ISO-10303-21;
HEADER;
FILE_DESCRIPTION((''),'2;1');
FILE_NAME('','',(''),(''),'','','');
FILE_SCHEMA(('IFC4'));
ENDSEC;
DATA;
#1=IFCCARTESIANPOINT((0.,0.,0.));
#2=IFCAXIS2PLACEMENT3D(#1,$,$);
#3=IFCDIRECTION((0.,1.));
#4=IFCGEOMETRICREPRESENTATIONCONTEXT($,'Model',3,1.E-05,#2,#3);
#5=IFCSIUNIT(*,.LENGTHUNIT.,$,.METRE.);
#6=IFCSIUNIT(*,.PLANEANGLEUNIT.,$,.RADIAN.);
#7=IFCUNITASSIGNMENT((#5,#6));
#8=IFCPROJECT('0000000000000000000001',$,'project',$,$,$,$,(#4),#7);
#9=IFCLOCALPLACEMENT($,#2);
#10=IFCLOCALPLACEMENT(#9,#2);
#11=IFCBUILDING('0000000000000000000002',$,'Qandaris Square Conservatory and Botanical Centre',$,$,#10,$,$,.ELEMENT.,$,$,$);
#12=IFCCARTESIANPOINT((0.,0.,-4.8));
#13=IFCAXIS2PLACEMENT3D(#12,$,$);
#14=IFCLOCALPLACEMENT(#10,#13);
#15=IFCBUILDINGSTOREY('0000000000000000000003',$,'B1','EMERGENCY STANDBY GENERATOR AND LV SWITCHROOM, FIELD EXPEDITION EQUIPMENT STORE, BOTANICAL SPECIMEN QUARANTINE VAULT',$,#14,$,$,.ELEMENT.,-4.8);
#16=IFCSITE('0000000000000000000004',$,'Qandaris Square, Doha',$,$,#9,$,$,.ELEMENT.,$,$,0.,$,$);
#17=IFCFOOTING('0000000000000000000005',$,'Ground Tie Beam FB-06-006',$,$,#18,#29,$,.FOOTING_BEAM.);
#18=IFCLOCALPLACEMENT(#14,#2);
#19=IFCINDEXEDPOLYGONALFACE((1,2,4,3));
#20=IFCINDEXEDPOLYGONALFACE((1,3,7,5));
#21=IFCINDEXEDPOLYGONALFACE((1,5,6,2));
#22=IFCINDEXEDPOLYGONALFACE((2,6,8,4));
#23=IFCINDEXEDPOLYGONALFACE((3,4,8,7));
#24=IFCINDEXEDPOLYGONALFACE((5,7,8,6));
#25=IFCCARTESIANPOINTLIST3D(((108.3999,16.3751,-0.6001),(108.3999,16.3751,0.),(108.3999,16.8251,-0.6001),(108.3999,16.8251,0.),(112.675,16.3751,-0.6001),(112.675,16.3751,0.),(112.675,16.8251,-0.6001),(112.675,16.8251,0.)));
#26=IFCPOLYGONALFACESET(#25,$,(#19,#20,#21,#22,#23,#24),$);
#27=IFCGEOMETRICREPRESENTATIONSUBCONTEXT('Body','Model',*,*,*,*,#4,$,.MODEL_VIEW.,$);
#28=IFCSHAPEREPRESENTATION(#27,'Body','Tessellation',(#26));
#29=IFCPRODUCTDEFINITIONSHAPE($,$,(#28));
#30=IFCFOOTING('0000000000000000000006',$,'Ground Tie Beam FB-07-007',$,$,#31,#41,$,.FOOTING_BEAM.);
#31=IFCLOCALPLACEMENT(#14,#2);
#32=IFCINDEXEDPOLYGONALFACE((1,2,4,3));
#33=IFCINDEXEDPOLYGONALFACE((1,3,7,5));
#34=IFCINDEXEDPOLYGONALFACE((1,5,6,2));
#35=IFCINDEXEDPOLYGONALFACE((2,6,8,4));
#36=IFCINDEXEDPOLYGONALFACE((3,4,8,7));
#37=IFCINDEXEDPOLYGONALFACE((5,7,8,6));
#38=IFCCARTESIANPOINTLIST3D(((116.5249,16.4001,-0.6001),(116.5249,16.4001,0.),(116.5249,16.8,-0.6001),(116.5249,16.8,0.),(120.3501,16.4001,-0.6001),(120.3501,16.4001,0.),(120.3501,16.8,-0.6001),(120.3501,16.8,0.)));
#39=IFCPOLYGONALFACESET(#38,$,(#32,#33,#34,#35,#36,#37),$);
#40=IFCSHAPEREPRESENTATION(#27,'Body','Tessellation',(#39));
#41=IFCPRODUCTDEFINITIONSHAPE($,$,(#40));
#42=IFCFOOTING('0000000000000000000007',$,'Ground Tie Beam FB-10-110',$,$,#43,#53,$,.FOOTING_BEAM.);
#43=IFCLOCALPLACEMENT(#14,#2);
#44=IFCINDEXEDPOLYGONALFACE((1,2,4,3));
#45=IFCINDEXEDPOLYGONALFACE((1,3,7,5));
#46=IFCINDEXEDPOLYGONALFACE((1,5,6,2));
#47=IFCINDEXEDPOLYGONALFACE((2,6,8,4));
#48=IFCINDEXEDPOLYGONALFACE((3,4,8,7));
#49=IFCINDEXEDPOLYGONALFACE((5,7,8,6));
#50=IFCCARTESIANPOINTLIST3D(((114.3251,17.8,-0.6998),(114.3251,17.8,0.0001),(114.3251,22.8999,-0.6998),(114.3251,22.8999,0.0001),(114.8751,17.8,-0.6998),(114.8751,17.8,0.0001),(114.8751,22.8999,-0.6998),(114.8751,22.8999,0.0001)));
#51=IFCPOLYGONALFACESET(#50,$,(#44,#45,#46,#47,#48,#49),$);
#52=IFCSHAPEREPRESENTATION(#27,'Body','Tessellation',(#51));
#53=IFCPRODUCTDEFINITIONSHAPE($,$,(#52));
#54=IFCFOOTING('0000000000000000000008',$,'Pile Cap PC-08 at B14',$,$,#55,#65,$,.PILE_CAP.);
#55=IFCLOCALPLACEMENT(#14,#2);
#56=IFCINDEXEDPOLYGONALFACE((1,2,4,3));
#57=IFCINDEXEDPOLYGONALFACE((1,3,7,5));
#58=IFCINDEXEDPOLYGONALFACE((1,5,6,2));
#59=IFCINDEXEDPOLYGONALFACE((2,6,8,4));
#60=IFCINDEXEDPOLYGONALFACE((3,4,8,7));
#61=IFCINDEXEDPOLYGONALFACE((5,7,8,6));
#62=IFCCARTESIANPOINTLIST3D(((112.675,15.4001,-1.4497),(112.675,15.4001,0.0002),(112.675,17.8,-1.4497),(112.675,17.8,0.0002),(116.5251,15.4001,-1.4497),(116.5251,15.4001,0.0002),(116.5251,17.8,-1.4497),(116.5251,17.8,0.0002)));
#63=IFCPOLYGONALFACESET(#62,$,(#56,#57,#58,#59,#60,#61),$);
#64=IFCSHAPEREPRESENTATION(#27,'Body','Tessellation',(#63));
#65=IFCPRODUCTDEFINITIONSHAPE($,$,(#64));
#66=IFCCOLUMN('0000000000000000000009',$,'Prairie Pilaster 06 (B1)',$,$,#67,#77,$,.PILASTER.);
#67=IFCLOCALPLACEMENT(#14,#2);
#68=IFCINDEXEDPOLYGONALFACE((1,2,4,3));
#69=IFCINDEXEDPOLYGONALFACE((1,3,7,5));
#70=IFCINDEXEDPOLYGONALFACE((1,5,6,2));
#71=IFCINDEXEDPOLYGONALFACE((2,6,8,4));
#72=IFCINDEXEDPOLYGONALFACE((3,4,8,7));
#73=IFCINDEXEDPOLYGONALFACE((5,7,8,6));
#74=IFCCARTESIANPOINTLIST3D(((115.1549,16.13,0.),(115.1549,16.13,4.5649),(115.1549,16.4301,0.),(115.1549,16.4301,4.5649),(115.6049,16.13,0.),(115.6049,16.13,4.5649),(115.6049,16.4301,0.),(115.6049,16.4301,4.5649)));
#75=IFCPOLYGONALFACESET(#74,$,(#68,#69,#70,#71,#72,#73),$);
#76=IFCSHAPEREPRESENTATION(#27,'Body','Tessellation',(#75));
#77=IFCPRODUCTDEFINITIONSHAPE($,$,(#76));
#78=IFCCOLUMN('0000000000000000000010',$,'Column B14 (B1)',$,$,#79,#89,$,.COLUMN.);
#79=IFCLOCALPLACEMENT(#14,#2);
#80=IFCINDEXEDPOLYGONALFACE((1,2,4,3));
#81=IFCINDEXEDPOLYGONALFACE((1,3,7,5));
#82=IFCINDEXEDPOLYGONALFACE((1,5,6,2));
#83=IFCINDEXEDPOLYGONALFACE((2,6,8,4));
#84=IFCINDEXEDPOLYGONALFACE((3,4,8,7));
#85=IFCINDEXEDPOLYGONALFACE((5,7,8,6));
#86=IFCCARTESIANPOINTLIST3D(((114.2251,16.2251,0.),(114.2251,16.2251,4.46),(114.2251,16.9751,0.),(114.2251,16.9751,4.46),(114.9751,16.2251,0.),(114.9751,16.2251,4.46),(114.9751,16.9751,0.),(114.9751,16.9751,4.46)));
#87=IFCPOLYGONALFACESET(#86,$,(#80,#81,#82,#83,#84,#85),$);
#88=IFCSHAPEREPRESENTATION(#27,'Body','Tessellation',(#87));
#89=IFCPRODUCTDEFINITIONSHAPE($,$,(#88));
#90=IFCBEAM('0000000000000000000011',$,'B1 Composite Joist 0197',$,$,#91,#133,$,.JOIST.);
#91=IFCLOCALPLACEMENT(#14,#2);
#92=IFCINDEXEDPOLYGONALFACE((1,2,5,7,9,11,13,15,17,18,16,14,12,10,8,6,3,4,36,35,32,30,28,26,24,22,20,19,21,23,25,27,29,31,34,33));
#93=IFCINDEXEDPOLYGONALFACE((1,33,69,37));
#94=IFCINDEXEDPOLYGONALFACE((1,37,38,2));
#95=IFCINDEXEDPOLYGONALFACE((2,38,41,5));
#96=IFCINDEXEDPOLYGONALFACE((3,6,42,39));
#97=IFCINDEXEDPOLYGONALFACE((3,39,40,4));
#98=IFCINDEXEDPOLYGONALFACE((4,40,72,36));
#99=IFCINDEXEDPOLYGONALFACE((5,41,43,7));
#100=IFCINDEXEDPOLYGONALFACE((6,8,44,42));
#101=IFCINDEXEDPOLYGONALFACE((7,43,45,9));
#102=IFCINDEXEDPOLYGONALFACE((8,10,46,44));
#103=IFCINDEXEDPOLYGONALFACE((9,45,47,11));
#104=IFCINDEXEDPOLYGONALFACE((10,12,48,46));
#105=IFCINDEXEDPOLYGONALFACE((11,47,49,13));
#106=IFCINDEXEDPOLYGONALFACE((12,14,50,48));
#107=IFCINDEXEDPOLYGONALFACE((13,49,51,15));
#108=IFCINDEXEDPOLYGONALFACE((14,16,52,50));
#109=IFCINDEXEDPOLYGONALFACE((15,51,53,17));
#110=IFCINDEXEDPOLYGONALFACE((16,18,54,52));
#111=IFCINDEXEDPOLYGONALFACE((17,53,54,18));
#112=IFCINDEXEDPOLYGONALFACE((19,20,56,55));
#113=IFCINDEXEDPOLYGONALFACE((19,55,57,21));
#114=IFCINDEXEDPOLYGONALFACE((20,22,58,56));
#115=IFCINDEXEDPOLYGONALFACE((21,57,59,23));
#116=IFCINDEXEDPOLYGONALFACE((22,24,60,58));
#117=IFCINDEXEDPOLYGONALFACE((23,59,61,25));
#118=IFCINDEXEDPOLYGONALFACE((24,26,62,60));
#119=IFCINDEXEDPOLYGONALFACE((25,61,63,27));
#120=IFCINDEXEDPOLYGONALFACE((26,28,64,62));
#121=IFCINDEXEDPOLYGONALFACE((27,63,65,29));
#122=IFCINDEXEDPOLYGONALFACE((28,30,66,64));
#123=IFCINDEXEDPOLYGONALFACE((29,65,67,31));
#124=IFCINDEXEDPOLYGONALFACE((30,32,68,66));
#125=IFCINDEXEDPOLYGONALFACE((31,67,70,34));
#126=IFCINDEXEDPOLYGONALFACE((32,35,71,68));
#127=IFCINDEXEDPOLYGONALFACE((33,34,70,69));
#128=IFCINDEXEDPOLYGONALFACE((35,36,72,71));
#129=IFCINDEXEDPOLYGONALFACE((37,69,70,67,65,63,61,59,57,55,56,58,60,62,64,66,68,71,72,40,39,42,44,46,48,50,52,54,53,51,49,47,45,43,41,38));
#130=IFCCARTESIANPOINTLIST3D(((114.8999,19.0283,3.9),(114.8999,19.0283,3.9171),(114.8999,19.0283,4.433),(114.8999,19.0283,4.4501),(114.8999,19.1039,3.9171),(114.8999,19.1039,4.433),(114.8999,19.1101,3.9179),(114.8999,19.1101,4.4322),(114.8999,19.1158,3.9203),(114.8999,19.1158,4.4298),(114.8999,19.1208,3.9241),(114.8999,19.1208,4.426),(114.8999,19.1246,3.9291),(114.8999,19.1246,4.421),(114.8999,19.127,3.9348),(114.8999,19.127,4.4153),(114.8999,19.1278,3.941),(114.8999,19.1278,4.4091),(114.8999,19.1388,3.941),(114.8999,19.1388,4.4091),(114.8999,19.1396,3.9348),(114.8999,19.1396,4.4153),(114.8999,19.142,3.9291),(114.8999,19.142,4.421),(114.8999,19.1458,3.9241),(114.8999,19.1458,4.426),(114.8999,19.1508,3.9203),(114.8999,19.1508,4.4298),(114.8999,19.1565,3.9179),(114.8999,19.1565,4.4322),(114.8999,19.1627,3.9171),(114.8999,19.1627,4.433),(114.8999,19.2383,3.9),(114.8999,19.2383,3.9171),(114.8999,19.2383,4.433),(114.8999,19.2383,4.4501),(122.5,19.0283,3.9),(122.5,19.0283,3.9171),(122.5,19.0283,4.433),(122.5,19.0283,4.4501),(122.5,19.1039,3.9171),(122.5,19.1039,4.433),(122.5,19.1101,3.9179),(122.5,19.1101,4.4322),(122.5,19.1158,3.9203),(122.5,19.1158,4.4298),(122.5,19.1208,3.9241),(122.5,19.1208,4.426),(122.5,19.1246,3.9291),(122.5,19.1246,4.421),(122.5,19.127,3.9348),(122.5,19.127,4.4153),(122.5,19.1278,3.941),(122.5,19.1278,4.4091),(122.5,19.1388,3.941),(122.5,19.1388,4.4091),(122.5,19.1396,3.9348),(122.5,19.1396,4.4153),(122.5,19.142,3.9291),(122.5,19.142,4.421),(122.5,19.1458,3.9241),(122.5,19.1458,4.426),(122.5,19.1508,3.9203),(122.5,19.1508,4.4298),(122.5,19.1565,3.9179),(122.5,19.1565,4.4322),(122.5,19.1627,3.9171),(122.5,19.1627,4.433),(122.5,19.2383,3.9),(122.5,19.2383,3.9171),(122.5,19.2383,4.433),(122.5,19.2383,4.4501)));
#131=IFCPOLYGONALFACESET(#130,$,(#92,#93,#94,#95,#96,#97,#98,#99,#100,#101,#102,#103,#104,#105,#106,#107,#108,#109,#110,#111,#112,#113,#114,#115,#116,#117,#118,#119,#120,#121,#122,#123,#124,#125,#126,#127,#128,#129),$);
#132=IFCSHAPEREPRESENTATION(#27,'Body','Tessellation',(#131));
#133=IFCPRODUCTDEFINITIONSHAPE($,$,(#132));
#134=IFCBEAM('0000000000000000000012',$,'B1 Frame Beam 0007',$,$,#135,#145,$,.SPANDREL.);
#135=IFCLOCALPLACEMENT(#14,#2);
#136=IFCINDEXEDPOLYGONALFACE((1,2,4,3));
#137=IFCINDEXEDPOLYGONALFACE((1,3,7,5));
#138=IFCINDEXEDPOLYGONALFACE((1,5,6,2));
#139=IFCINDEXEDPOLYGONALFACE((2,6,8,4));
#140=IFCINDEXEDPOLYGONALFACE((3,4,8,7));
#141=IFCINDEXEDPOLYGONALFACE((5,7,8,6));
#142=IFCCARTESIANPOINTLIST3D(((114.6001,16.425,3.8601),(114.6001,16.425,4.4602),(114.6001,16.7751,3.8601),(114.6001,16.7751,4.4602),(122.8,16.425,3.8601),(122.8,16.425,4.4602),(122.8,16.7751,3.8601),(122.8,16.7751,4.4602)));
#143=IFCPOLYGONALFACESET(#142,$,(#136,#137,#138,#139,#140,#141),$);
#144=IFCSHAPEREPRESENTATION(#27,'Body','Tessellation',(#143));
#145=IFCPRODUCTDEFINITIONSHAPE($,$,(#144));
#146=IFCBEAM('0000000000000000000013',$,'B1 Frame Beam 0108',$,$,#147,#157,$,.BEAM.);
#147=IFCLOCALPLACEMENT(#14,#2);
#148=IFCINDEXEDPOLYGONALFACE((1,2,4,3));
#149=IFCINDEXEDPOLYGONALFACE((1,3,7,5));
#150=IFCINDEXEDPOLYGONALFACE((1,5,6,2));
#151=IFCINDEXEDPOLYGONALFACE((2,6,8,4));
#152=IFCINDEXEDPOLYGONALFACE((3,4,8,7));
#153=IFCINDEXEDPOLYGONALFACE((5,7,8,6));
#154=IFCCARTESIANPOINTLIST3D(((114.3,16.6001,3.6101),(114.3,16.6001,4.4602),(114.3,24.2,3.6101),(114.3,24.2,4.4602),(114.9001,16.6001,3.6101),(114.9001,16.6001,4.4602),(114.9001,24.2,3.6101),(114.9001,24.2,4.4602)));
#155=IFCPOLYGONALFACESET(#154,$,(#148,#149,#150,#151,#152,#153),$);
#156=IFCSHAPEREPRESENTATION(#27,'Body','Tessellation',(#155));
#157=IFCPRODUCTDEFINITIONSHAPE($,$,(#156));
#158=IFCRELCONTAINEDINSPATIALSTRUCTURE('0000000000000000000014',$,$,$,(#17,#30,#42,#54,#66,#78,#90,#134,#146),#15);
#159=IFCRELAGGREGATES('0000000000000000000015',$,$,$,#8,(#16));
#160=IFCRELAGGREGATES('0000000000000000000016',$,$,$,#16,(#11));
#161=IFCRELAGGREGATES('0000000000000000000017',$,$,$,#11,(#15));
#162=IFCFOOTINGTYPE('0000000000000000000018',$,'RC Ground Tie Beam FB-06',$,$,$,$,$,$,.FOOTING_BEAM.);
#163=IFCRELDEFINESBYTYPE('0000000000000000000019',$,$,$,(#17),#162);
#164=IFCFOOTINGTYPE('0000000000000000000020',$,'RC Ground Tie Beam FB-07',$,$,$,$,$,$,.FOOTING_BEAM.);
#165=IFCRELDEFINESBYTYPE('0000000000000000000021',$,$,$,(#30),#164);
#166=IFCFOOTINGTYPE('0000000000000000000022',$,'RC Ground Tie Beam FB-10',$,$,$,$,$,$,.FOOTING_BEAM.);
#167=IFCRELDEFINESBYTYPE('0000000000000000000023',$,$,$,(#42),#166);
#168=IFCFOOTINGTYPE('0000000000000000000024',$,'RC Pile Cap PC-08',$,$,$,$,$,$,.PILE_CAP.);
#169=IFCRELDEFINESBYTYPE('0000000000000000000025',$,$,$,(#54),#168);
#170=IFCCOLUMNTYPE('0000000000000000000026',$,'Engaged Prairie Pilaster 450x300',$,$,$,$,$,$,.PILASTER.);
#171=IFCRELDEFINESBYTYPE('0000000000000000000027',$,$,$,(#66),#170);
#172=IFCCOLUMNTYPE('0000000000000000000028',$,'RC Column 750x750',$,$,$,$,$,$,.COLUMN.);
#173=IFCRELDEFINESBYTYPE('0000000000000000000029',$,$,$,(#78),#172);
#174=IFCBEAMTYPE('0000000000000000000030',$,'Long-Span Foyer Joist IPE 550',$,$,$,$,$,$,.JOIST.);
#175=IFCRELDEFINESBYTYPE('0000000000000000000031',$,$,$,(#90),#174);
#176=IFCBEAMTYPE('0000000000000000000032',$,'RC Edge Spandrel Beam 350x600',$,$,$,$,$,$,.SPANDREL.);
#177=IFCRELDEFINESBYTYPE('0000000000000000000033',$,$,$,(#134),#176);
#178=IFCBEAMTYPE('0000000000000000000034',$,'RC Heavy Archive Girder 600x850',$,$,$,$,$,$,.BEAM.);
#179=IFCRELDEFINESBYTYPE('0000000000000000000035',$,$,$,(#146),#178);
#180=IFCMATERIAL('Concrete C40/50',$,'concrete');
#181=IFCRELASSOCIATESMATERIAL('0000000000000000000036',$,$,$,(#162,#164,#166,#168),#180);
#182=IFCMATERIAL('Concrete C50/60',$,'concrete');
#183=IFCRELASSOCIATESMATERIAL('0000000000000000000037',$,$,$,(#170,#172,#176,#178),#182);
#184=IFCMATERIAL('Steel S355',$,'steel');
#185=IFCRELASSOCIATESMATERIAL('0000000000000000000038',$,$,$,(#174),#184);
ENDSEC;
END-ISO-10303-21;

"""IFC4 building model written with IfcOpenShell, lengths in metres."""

from ifc_helpers import new_model, si_unit, direction, frame, origin, origin_2d, place, context, subcontext, project, spatial, rectangle, i_section, extrude, material, material_profile, profile_set, type_object, element, save


model = new_model("IFC4")

# Units and contexts
model_context = context("Model", 3, precision=1e-05, world=origin(), true_north=direction((0.0, 1.0)))
body_context = subcontext(model_context, "Body", "Model", "MODEL_VIEW")
ifc_project = project(units=[si_unit("LENGTHUNIT", "METRE"), si_unit("PLANEANGLEUNIT", "RADIAN")], contexts=[model_context])

# Site, building, storey
site_placement = place(None, origin())
site = spatial("IfcSite", under=ifc_project, at=site_placement, Name="Qandaris Square, Doha", CompositionType="ELEMENT", RefElevation=0.0)
building_placement = place(site_placement, origin())
building = spatial("IfcBuilding", under=site, at=building_placement, Name="Qandaris Square Conservatory and Botanical Centre", CompositionType="ELEMENT")
storey_placement = place(building_placement, frame((0.0, 0.0, -4.8)))
storey = spatial("IfcBuildingStorey", under=building, at=storey_placement, Name="B1", Description="EMERGENCY STANDBY GENERATOR AND LV SWITCHROOM, FIELD EXPEDITION EQUIPMENT STORE, BOTANICAL SPECIMEN QUARANTINE VAULT", CompositionType="ELEMENT", Elevation=-4.8)

# Shared definitions
ifc_material_1 = material(Name="Concrete C50/60", Category="concrete")

# Footings
ifc_material_2 = material(Name="Concrete C40/50", Category="concrete")
ifc_material_profile_1 = material_profile(ifc_material_2, rectangle(XDim=0.45, YDim=0.6001, at=origin_2d()), Name="FB 450x600")
ifc_profile_set_1 = profile_set([ifc_material_profile_1], Name="Concrete C40/50")
footing_type_1 = type_object("IfcFootingType", Name="RC Ground Tie Beam FB-06", PredefinedType="FOOTING_BEAM", material=ifc_profile_set_1)
footing_1_placement = place(storey_placement, frame((108.3999, 16.6001, -0.3), z_axis=(1.0, 0.0, 0.0), x_axis=(0.0, 1.0, 0.0)))
element("IfcFooting", 1, at=footing_1_placement, inside=storey, type_object=footing_type_1, Name="Ground Tie Beam FB-06-006", PredefinedType="FOOTING_BEAM", context=body_context, shape_type="SweptSolid", body=[
    extrude(rectangle(XDim=0.45, YDim=0.6001, at=origin_2d()), origin(), (0.0, 0.0, 1.0), 4.2751),
])
ifc_material_profile_2 = material_profile(ifc_material_2, rectangle(XDim=0.3999, YDim=0.6001, at=origin_2d()), Name="FB 400x600")
ifc_profile_set_2 = profile_set([ifc_material_profile_2], Name="Concrete C40/50")
footing_type_2 = type_object("IfcFootingType", Name="RC Ground Tie Beam FB-07", PredefinedType="FOOTING_BEAM", material=ifc_profile_set_2)
footing_2_placement = place(storey_placement, frame((116.5249, 16.6001, -0.3), z_axis=(1.0, 0.0, 0.0), x_axis=(0.0, 1.0, 0.0)))
element("IfcFooting", 2, at=footing_2_placement, inside=storey, type_object=footing_type_2, Name="Ground Tie Beam FB-07-007", PredefinedType="FOOTING_BEAM", context=body_context, shape_type="SweptSolid", body=[
    extrude(rectangle(XDim=0.3999, YDim=0.6001, at=origin_2d()), origin(), (0.0, 0.0, 1.0), 3.8252),
])
ifc_material_profile_3 = material_profile(ifc_material_2, rectangle(XDim=0.55, YDim=0.7, at=origin_2d()), Name="FB 550x700")
ifc_profile_set_3 = profile_set([ifc_material_profile_3], Name="Concrete C40/50")
footing_type_3 = type_object("IfcFootingType", Name="RC Ground Tie Beam FB-10", PredefinedType="FOOTING_BEAM", material=ifc_profile_set_3)
footing_3_placement = place(storey_placement, frame((114.6001, 17.8, -0.3499), z_axis=(0.0, 1.0, 0.0), x_axis=(-1.0, 0.0, 0.0)))
element("IfcFooting", 3, at=footing_3_placement, inside=storey, type_object=footing_type_3, Name="Ground Tie Beam FB-10-110", PredefinedType="FOOTING_BEAM", context=body_context, shape_type="SweptSolid", body=[
    extrude(rectangle(XDim=0.55, YDim=0.7, at=origin_2d()), origin(), (0.0, 0.0, 1.0), 5.0999),
])
footing_type_4 = type_object("IfcFootingType", Name="RC Pile Cap PC-08", PredefinedType="PILE_CAP", material=ifc_material_2)
footing_4_placement = place(storey_placement, frame((114.6001, 16.6001, -1.4497), z_axis=(0.0, 0.0, 1.0), x_axis=(1.0, 0.0, 0.0)))
element("IfcFooting", 4, at=footing_4_placement, inside=storey, type_object=footing_type_4, Name="Pile Cap PC-08 at B14", PredefinedType="PILE_CAP", context=body_context, shape_type="SweptSolid", body=[
    extrude(rectangle(XDim=3.8501, YDim=2.3999, at=origin_2d()), origin(), (0.0, 0.0, 1.0), 1.45),
])

# Columns
ifc_material_profile_4 = material_profile(ifc_material_1, rectangle(XDim=0.45, YDim=0.3, at=origin_2d()), Name="RC-PIL 450x300")
ifc_profile_set_4 = profile_set([ifc_material_profile_4], Name="Concrete C50/60")
column_type_1 = type_object("IfcColumnType", Name="Engaged Prairie Pilaster 450x300", PredefinedType="PILASTER", material=ifc_profile_set_4)
column_1_placement = place(storey_placement, frame((115.3799, 16.28, 0.0), z_axis=(0.0, 0.0, 1.0), x_axis=(1.0, 0.0, 0.0)))
element("IfcColumn", 5, at=column_1_placement, inside=storey, type_object=column_type_1, Name="Prairie Pilaster 06 (B1)", PredefinedType="PILASTER", context=body_context, shape_type="SweptSolid", body=[
    extrude(rectangle(XDim=0.45, YDim=0.3, at=origin_2d()), origin(), (0.0, 0.0, 1.0), 4.5649),
])
ifc_material_profile_5 = material_profile(ifc_material_1, rectangle(XDim=0.75, YDim=0.75, at=origin_2d()), Name="RC-COL 750x750")
ifc_profile_set_5 = profile_set([ifc_material_profile_5], Name="Concrete C50/60")
column_type_2 = type_object("IfcColumnType", Name="RC Column 750x750", PredefinedType="COLUMN", material=ifc_profile_set_5)
column_2_placement = place(storey_placement, frame((114.6001, 16.6001, 0.0), z_axis=(0.0, 0.0, 1.0), x_axis=(1.0, 0.0, 0.0)))
element("IfcColumn", 6, at=column_2_placement, inside=storey, type_object=column_type_2, Name="Column B14 (B1)", PredefinedType="COLUMN", context=body_context, shape_type="SweptSolid", body=[
    extrude(rectangle(XDim=0.75, YDim=0.75, at=origin_2d()), origin(), (0.0, 0.0, 1.0), 4.46),
])

# Beams
ifc_material_3 = material(Name="Steel S355", Category="steel")
ifc_material_profile_6 = material_profile(ifc_material_3, i_section(OverallWidth=0.21, OverallDepth=0.55, WebThickness=0.011, FlangeThickness=0.0171, FilletRadius=0.0239, at=origin_2d()), Name="IPE 550")
ifc_profile_set_6 = profile_set([ifc_material_profile_6], Name="Steel S355")
beam_type_1 = type_object("IfcBeamType", Name="Long-Span Foyer Joist IPE 550", PredefinedType="JOIST", material=ifc_profile_set_6)
beam_1_placement = place(storey_placement, frame((114.8999, 19.1333, 4.175), z_axis=(1.0, 0.0, 0.0), x_axis=(0.0, 1.0, 0.0)))
element("IfcBeam", 7, at=beam_1_placement, inside=storey, type_object=beam_type_1, Name="B1 Composite Joist 0197", PredefinedType="JOIST", context=body_context, shape_type="SweptSolid", body=[
    extrude(i_section(OverallWidth=0.21, OverallDepth=0.55, WebThickness=0.011, FlangeThickness=0.0171, FilletRadius=0.0239, at=origin_2d()), origin(), (0.0, 0.0, 1.0), 7.6001),
])
ifc_material_profile_7 = material_profile(ifc_material_1, rectangle(XDim=0.3501, YDim=0.6001, at=origin_2d()), Name="RC-SP 350x600")
ifc_profile_set_7 = profile_set([ifc_material_profile_7], Name="Concrete C50/60")
beam_type_2 = type_object("IfcBeamType", Name="RC Edge Spandrel Beam 350x600", PredefinedType="SPANDREL", material=ifc_profile_set_7)
beam_2_placement = place(storey_placement, frame((114.6001, 16.6001, 4.1602), z_axis=(1.0, 0.0, 0.0), x_axis=(0.0, 1.0, 0.0)))
element("IfcBeam", 8, at=beam_2_placement, inside=storey, type_object=beam_type_2, Name="B1 Frame Beam 0007", PredefinedType="SPANDREL", context=body_context, shape_type="SweptSolid", body=[
    extrude(rectangle(XDim=0.3501, YDim=0.6001, at=origin_2d()), origin(), (0.0, 0.0, 1.0), 8.2),
])
ifc_material_profile_8 = material_profile(ifc_material_1, rectangle(XDim=0.6001, YDim=0.8501, at=origin_2d()), Name="RC-BM 600x850")
ifc_profile_set_8 = profile_set([ifc_material_profile_8], Name="Concrete C50/60")
beam_type_3 = type_object("IfcBeamType", Name="RC Heavy Archive Girder 600x850", PredefinedType="BEAM", material=ifc_profile_set_8)
beam_3_placement = place(storey_placement, frame((114.6001, 16.6001, 4.0352), z_axis=(0.0, 1.0, 0.0), x_axis=(-1.0, 0.0, 0.0)))
element("IfcBeam", 9, at=beam_3_placement, inside=storey, type_object=beam_type_3, Name="B1 Frame Beam 0108", PredefinedType="BEAM", context=body_context, shape_type="SweptSolid", body=[
    extrude(rectangle(XDim=0.6001, YDim=0.8501, at=origin_2d()), origin(), (0.0, 0.0, 1.0), 7.5999),
])

save(model, "model.ifc")
